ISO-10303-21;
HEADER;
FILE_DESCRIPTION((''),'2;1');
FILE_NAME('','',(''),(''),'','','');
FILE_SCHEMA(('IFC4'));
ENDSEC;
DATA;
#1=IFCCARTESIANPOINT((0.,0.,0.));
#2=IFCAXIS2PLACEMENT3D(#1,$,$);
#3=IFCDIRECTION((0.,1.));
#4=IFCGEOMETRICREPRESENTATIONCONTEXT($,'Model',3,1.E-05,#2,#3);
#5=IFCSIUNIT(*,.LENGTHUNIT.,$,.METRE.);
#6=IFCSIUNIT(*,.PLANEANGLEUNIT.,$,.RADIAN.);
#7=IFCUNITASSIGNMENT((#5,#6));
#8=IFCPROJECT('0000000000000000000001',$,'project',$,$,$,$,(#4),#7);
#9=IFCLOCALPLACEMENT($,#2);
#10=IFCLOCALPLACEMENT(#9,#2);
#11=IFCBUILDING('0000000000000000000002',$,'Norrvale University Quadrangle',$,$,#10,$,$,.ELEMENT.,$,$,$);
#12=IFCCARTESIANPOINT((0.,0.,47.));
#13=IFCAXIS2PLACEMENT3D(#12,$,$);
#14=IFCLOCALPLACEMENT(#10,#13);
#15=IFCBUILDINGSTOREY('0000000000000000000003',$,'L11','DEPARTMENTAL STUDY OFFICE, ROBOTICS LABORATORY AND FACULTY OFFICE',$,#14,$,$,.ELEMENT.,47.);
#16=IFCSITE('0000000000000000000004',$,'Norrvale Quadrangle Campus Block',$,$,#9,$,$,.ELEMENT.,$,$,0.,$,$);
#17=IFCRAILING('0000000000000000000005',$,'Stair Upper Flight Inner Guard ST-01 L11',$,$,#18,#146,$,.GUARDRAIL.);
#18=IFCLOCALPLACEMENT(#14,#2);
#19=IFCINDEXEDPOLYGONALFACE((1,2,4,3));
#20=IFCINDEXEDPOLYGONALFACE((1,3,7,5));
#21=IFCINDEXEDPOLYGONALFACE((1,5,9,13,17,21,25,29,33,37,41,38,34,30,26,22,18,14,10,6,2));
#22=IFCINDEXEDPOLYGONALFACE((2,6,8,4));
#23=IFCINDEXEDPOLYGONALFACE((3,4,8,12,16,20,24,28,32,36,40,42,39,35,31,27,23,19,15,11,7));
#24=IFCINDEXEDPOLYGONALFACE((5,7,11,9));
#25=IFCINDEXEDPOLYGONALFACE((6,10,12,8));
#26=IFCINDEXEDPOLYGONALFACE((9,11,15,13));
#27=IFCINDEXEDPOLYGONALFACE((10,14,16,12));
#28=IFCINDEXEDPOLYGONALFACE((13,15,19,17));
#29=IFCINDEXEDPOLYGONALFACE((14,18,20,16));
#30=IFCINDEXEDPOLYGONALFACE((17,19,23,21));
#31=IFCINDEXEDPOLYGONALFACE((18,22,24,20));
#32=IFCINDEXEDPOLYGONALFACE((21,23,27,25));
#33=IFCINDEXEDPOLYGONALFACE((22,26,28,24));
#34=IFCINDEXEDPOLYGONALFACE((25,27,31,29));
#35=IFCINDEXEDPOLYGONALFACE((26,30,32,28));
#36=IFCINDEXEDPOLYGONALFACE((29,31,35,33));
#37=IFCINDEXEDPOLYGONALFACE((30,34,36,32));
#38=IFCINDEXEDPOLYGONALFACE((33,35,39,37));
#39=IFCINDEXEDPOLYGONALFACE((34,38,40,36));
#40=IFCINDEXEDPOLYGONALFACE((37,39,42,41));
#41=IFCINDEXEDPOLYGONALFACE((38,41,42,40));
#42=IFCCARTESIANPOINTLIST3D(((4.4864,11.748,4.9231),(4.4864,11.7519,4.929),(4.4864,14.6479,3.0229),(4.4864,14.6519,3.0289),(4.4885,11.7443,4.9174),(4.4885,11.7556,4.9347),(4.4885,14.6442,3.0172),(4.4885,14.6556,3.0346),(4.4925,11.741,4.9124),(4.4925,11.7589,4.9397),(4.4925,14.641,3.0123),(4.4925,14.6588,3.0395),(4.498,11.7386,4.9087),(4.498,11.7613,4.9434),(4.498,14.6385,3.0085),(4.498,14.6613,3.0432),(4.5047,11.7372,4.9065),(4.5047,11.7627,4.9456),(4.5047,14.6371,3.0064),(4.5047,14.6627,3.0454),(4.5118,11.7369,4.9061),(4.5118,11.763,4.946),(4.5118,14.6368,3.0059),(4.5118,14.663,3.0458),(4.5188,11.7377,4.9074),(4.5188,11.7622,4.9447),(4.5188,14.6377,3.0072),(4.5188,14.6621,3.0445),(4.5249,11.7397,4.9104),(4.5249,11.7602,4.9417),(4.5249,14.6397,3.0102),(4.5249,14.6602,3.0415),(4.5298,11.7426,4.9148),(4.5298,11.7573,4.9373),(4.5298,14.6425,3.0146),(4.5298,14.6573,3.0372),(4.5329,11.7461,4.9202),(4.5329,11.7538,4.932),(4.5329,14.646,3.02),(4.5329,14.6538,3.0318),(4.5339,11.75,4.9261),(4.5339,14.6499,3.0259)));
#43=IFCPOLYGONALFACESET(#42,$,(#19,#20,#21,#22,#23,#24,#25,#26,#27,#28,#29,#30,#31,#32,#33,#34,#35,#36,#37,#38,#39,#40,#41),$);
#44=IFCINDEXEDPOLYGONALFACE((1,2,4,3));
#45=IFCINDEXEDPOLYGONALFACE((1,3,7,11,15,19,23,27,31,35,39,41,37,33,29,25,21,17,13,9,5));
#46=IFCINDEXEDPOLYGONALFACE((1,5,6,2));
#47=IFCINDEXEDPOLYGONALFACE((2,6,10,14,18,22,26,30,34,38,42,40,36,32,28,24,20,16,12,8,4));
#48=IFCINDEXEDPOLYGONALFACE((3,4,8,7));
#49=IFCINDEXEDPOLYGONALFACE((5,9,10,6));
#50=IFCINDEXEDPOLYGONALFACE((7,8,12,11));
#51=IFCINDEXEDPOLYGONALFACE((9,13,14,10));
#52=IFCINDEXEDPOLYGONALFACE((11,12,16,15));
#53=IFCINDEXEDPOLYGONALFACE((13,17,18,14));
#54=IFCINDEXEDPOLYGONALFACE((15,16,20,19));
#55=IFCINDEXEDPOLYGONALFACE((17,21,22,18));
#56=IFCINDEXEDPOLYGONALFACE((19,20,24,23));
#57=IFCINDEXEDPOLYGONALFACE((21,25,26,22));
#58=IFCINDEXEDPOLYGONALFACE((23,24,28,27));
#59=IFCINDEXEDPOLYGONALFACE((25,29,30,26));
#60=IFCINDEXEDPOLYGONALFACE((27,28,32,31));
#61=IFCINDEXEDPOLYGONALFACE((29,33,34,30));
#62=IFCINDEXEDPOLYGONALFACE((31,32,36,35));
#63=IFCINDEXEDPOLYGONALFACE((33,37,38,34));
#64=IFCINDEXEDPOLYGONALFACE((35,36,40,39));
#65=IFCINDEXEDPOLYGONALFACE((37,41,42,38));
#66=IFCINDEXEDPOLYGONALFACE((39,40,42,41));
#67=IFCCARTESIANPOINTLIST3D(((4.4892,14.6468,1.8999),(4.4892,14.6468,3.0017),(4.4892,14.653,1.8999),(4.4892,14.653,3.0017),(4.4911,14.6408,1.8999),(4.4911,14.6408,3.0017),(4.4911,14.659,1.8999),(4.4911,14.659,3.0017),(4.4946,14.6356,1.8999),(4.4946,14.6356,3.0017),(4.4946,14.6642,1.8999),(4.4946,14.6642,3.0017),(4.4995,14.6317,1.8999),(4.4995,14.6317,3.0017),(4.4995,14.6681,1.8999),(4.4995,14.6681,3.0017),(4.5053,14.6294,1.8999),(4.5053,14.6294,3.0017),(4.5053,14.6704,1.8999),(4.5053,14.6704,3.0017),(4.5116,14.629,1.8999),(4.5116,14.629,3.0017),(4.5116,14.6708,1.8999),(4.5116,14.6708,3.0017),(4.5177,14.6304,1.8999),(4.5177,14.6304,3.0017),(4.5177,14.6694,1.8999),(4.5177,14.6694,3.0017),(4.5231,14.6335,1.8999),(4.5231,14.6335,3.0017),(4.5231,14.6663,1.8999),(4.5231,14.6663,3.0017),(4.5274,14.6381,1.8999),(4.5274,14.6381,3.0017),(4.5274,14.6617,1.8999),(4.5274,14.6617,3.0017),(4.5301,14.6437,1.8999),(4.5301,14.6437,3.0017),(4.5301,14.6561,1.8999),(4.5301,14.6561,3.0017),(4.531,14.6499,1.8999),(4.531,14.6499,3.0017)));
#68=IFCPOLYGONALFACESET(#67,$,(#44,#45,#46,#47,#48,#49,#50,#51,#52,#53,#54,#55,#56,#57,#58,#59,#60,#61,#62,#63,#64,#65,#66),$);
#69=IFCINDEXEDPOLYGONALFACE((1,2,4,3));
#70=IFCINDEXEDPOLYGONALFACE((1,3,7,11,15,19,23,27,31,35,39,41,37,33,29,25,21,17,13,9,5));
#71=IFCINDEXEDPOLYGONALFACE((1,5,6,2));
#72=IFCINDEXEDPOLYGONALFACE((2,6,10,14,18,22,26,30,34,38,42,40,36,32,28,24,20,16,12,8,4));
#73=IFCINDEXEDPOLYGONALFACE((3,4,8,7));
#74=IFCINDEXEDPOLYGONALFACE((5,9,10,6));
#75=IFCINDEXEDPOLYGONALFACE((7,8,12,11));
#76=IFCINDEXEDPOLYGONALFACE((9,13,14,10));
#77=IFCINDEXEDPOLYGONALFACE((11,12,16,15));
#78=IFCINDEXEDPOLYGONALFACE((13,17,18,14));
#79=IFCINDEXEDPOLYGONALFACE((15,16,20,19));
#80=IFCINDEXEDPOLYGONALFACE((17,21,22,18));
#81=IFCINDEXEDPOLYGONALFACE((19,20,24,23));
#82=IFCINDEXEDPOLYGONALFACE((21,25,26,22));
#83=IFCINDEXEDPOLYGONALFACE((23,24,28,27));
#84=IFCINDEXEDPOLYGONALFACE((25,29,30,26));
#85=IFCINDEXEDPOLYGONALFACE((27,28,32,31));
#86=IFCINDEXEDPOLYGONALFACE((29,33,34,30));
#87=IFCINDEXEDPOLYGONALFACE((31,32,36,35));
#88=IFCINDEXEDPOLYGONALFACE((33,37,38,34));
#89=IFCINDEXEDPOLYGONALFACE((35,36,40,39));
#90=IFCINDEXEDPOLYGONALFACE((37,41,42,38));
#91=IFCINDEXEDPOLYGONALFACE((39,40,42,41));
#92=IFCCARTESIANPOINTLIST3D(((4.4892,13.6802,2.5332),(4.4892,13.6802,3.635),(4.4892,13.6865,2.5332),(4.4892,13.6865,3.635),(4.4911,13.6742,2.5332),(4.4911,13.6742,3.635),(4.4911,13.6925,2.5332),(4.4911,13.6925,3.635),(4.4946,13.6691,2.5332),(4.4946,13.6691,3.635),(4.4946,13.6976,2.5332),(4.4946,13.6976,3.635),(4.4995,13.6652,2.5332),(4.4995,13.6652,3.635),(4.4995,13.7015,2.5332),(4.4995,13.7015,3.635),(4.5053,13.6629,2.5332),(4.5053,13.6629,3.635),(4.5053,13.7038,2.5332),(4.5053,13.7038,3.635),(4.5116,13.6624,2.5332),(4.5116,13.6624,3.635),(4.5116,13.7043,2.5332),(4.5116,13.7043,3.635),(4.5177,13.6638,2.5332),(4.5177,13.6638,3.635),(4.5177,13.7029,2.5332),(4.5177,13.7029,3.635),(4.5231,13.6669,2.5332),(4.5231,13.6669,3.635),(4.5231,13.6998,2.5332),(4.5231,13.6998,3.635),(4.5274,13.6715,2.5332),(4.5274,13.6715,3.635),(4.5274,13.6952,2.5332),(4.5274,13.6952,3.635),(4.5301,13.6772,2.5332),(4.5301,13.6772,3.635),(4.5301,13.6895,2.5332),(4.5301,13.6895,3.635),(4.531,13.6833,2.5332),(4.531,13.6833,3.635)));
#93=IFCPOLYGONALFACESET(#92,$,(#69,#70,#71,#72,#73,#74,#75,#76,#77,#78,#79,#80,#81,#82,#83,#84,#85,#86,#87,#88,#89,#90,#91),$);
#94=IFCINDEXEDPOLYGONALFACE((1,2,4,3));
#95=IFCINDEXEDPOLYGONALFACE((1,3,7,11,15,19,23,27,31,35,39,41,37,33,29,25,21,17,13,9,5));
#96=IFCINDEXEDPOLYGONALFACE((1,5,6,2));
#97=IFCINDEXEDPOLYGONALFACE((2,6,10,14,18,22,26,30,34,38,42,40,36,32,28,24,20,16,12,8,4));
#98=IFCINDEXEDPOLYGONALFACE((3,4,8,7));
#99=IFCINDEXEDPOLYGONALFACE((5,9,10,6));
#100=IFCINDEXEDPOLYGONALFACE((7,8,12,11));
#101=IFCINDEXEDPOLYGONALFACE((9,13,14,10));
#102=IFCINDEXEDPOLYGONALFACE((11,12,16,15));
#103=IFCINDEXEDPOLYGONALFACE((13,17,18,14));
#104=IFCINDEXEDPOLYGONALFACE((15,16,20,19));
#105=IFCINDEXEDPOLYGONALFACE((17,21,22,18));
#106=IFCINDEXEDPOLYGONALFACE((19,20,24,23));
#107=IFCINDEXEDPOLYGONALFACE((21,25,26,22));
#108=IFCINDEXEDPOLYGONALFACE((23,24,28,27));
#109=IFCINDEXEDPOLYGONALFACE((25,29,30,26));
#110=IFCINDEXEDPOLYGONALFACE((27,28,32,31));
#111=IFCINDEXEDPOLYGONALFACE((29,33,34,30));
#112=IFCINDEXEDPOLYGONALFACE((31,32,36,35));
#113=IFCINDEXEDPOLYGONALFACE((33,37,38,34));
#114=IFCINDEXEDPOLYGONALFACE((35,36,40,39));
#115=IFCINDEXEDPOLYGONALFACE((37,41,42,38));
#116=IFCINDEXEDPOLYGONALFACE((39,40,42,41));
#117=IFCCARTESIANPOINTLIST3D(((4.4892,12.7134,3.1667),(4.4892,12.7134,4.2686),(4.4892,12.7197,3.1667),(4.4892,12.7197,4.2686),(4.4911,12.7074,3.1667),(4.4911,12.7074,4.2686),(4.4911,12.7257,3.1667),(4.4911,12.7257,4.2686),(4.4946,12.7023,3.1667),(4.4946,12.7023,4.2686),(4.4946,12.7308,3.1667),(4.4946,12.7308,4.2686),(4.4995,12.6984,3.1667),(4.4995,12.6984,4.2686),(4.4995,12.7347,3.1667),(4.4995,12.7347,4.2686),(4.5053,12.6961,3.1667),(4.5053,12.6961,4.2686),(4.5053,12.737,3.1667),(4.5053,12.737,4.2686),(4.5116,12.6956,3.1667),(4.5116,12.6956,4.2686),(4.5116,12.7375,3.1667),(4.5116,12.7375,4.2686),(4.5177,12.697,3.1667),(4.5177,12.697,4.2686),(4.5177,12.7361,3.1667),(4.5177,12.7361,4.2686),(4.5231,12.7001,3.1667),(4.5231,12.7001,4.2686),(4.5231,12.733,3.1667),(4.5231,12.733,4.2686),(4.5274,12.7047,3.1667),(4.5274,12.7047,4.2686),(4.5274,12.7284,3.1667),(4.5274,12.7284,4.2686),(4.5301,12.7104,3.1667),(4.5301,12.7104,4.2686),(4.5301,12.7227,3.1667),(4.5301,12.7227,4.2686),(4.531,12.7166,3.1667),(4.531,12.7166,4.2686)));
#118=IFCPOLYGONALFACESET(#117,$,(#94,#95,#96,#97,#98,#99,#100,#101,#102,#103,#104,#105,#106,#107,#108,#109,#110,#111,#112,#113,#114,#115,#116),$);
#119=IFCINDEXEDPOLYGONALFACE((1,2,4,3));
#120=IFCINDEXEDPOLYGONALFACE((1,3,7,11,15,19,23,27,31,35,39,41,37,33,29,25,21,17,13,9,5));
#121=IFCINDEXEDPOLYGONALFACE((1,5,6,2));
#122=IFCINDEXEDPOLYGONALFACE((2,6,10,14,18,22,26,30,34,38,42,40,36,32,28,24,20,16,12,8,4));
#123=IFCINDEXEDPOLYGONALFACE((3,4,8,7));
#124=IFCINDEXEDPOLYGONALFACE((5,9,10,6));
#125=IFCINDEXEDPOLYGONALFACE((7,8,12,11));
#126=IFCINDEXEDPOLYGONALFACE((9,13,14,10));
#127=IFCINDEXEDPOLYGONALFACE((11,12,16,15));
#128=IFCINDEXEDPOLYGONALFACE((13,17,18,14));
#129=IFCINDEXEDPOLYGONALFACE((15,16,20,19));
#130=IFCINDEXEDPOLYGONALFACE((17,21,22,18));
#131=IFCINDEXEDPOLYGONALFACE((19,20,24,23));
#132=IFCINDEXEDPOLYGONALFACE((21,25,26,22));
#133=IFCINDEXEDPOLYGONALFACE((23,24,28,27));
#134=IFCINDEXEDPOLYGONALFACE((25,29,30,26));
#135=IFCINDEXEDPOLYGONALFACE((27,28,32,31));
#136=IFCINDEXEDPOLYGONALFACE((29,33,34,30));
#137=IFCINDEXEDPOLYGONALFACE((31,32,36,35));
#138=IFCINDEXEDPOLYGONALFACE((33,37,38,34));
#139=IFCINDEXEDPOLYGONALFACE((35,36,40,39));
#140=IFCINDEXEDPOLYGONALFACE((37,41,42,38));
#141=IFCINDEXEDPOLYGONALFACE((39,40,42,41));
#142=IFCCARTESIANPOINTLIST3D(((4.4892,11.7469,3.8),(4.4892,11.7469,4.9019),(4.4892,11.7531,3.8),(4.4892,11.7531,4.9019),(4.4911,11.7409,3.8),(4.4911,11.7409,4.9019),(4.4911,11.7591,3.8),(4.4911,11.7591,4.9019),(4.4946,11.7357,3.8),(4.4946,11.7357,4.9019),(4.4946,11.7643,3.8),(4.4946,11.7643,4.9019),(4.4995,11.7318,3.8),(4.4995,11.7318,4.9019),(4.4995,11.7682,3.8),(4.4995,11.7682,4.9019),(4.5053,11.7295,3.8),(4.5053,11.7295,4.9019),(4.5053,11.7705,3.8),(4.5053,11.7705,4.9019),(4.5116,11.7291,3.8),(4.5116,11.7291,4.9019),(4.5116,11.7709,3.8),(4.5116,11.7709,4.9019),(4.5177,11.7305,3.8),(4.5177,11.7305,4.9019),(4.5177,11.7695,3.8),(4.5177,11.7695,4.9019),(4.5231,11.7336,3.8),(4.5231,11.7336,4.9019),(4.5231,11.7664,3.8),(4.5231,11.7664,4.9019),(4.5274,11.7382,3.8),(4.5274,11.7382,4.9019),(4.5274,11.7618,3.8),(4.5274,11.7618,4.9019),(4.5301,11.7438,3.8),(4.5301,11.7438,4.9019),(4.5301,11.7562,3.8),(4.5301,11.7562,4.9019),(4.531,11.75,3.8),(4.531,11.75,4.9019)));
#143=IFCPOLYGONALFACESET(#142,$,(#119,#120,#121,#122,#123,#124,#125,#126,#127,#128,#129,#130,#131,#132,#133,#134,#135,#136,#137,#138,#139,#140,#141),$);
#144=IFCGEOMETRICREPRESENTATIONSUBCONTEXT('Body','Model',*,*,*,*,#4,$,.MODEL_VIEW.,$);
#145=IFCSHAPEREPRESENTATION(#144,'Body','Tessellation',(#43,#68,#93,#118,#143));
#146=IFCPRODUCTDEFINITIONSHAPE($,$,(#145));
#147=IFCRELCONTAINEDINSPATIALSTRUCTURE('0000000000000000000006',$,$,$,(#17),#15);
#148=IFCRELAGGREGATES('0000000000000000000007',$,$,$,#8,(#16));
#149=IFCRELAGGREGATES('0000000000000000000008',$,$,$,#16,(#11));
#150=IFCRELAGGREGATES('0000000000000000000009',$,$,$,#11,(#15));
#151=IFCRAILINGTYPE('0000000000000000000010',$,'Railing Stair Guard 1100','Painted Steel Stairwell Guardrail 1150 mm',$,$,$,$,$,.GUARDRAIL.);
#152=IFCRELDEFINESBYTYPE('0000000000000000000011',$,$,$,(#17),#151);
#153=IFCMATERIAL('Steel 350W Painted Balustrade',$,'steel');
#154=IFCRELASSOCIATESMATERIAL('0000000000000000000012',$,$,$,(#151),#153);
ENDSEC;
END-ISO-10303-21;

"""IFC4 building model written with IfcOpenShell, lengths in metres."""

from ifc_helpers import new_model, si_unit, direction, frame, origin, origin_2d, place, context, subcontext, project, spatial, circle, extrude, material, type_object, element, save


model = new_model("IFC4")

# Units and contexts
model_context = context("Model", 3, precision=1e-05, world=origin(), true_north=direction((0.0, 1.0)))
body_context = subcontext(model_context, "Body", "Model", "MODEL_VIEW")
ifc_project = project(units=[si_unit("LENGTHUNIT", "METRE"), si_unit("PLANEANGLEUNIT", "RADIAN")], contexts=[model_context])

# Site, building, storey
site_placement = place(None, origin())
site = spatial("IfcSite", under=ifc_project, at=site_placement, Name="Norrvale Quadrangle Campus Block", CompositionType="ELEMENT", RefElevation=0.0)
building_placement = place(site_placement, origin())
building = spatial("IfcBuilding", under=site, at=building_placement, Name="Norrvale University Quadrangle", CompositionType="ELEMENT")
storey_placement = place(building_placement, frame((0.0, 0.0, 47.0)))
storey = spatial("IfcBuildingStorey", under=building, at=storey_placement, Name="L11", Description="DEPARTMENTAL STUDY OFFICE, ROBOTICS LABORATORY AND FACULTY OFFICE", CompositionType="ELEMENT", Elevation=47.0)

# Railing
ifc_material_1 = material(Name="Steel 350W Painted Balustrade", Category="steel")
railing_type_1 = type_object("IfcRailingType", Name="Railing Stair Guard 1100", Description="Painted Steel Stairwell Guardrail 1150 mm", PredefinedType="GUARDRAIL", material=ifc_material_1)
railing_1_placement = place(storey_placement, frame((4.51, 14.6499, 1.8999)))
element("IfcRailing", 1, at=railing_1_placement, inside=storey, type_object=railing_type_1, Name="Stair Upper Flight Inner Guard ST-01 L11", PredefinedType="GUARDRAIL", context=body_context, shape_type="SweptSolid", body=[
    extrude(circle(Radius=0.0239, at=origin_2d()), frame((0.0, 0.0, 1.126), z_axis=(0.0, -0.836433, 0.548069), x_axis=(1.0, 0.0, 0.0)), (0.0, 0.0, 1.0), 3.467),
    extrude(circle(Radius=0.021, at=origin_2d()), origin(), (0.0, 0.0, 1.0), 1.1018),
    extrude(circle(Radius=0.021, at=origin_2d()), frame((0.0, -0.9666, 0.6333)), (0.0, 0.0, 1.0), 1.1018),
    extrude(circle(Radius=0.021, at=origin_2d()), frame((0.0, -1.9333, 1.2668)), (0.0, 0.0, 1.0), 1.1018),
    extrude(circle(Radius=0.021, at=origin_2d()), frame((0.0, -2.8999, 1.9001)), (0.0, 0.0, 1.0), 1.1018),
])

save(model, "model.ifc")
